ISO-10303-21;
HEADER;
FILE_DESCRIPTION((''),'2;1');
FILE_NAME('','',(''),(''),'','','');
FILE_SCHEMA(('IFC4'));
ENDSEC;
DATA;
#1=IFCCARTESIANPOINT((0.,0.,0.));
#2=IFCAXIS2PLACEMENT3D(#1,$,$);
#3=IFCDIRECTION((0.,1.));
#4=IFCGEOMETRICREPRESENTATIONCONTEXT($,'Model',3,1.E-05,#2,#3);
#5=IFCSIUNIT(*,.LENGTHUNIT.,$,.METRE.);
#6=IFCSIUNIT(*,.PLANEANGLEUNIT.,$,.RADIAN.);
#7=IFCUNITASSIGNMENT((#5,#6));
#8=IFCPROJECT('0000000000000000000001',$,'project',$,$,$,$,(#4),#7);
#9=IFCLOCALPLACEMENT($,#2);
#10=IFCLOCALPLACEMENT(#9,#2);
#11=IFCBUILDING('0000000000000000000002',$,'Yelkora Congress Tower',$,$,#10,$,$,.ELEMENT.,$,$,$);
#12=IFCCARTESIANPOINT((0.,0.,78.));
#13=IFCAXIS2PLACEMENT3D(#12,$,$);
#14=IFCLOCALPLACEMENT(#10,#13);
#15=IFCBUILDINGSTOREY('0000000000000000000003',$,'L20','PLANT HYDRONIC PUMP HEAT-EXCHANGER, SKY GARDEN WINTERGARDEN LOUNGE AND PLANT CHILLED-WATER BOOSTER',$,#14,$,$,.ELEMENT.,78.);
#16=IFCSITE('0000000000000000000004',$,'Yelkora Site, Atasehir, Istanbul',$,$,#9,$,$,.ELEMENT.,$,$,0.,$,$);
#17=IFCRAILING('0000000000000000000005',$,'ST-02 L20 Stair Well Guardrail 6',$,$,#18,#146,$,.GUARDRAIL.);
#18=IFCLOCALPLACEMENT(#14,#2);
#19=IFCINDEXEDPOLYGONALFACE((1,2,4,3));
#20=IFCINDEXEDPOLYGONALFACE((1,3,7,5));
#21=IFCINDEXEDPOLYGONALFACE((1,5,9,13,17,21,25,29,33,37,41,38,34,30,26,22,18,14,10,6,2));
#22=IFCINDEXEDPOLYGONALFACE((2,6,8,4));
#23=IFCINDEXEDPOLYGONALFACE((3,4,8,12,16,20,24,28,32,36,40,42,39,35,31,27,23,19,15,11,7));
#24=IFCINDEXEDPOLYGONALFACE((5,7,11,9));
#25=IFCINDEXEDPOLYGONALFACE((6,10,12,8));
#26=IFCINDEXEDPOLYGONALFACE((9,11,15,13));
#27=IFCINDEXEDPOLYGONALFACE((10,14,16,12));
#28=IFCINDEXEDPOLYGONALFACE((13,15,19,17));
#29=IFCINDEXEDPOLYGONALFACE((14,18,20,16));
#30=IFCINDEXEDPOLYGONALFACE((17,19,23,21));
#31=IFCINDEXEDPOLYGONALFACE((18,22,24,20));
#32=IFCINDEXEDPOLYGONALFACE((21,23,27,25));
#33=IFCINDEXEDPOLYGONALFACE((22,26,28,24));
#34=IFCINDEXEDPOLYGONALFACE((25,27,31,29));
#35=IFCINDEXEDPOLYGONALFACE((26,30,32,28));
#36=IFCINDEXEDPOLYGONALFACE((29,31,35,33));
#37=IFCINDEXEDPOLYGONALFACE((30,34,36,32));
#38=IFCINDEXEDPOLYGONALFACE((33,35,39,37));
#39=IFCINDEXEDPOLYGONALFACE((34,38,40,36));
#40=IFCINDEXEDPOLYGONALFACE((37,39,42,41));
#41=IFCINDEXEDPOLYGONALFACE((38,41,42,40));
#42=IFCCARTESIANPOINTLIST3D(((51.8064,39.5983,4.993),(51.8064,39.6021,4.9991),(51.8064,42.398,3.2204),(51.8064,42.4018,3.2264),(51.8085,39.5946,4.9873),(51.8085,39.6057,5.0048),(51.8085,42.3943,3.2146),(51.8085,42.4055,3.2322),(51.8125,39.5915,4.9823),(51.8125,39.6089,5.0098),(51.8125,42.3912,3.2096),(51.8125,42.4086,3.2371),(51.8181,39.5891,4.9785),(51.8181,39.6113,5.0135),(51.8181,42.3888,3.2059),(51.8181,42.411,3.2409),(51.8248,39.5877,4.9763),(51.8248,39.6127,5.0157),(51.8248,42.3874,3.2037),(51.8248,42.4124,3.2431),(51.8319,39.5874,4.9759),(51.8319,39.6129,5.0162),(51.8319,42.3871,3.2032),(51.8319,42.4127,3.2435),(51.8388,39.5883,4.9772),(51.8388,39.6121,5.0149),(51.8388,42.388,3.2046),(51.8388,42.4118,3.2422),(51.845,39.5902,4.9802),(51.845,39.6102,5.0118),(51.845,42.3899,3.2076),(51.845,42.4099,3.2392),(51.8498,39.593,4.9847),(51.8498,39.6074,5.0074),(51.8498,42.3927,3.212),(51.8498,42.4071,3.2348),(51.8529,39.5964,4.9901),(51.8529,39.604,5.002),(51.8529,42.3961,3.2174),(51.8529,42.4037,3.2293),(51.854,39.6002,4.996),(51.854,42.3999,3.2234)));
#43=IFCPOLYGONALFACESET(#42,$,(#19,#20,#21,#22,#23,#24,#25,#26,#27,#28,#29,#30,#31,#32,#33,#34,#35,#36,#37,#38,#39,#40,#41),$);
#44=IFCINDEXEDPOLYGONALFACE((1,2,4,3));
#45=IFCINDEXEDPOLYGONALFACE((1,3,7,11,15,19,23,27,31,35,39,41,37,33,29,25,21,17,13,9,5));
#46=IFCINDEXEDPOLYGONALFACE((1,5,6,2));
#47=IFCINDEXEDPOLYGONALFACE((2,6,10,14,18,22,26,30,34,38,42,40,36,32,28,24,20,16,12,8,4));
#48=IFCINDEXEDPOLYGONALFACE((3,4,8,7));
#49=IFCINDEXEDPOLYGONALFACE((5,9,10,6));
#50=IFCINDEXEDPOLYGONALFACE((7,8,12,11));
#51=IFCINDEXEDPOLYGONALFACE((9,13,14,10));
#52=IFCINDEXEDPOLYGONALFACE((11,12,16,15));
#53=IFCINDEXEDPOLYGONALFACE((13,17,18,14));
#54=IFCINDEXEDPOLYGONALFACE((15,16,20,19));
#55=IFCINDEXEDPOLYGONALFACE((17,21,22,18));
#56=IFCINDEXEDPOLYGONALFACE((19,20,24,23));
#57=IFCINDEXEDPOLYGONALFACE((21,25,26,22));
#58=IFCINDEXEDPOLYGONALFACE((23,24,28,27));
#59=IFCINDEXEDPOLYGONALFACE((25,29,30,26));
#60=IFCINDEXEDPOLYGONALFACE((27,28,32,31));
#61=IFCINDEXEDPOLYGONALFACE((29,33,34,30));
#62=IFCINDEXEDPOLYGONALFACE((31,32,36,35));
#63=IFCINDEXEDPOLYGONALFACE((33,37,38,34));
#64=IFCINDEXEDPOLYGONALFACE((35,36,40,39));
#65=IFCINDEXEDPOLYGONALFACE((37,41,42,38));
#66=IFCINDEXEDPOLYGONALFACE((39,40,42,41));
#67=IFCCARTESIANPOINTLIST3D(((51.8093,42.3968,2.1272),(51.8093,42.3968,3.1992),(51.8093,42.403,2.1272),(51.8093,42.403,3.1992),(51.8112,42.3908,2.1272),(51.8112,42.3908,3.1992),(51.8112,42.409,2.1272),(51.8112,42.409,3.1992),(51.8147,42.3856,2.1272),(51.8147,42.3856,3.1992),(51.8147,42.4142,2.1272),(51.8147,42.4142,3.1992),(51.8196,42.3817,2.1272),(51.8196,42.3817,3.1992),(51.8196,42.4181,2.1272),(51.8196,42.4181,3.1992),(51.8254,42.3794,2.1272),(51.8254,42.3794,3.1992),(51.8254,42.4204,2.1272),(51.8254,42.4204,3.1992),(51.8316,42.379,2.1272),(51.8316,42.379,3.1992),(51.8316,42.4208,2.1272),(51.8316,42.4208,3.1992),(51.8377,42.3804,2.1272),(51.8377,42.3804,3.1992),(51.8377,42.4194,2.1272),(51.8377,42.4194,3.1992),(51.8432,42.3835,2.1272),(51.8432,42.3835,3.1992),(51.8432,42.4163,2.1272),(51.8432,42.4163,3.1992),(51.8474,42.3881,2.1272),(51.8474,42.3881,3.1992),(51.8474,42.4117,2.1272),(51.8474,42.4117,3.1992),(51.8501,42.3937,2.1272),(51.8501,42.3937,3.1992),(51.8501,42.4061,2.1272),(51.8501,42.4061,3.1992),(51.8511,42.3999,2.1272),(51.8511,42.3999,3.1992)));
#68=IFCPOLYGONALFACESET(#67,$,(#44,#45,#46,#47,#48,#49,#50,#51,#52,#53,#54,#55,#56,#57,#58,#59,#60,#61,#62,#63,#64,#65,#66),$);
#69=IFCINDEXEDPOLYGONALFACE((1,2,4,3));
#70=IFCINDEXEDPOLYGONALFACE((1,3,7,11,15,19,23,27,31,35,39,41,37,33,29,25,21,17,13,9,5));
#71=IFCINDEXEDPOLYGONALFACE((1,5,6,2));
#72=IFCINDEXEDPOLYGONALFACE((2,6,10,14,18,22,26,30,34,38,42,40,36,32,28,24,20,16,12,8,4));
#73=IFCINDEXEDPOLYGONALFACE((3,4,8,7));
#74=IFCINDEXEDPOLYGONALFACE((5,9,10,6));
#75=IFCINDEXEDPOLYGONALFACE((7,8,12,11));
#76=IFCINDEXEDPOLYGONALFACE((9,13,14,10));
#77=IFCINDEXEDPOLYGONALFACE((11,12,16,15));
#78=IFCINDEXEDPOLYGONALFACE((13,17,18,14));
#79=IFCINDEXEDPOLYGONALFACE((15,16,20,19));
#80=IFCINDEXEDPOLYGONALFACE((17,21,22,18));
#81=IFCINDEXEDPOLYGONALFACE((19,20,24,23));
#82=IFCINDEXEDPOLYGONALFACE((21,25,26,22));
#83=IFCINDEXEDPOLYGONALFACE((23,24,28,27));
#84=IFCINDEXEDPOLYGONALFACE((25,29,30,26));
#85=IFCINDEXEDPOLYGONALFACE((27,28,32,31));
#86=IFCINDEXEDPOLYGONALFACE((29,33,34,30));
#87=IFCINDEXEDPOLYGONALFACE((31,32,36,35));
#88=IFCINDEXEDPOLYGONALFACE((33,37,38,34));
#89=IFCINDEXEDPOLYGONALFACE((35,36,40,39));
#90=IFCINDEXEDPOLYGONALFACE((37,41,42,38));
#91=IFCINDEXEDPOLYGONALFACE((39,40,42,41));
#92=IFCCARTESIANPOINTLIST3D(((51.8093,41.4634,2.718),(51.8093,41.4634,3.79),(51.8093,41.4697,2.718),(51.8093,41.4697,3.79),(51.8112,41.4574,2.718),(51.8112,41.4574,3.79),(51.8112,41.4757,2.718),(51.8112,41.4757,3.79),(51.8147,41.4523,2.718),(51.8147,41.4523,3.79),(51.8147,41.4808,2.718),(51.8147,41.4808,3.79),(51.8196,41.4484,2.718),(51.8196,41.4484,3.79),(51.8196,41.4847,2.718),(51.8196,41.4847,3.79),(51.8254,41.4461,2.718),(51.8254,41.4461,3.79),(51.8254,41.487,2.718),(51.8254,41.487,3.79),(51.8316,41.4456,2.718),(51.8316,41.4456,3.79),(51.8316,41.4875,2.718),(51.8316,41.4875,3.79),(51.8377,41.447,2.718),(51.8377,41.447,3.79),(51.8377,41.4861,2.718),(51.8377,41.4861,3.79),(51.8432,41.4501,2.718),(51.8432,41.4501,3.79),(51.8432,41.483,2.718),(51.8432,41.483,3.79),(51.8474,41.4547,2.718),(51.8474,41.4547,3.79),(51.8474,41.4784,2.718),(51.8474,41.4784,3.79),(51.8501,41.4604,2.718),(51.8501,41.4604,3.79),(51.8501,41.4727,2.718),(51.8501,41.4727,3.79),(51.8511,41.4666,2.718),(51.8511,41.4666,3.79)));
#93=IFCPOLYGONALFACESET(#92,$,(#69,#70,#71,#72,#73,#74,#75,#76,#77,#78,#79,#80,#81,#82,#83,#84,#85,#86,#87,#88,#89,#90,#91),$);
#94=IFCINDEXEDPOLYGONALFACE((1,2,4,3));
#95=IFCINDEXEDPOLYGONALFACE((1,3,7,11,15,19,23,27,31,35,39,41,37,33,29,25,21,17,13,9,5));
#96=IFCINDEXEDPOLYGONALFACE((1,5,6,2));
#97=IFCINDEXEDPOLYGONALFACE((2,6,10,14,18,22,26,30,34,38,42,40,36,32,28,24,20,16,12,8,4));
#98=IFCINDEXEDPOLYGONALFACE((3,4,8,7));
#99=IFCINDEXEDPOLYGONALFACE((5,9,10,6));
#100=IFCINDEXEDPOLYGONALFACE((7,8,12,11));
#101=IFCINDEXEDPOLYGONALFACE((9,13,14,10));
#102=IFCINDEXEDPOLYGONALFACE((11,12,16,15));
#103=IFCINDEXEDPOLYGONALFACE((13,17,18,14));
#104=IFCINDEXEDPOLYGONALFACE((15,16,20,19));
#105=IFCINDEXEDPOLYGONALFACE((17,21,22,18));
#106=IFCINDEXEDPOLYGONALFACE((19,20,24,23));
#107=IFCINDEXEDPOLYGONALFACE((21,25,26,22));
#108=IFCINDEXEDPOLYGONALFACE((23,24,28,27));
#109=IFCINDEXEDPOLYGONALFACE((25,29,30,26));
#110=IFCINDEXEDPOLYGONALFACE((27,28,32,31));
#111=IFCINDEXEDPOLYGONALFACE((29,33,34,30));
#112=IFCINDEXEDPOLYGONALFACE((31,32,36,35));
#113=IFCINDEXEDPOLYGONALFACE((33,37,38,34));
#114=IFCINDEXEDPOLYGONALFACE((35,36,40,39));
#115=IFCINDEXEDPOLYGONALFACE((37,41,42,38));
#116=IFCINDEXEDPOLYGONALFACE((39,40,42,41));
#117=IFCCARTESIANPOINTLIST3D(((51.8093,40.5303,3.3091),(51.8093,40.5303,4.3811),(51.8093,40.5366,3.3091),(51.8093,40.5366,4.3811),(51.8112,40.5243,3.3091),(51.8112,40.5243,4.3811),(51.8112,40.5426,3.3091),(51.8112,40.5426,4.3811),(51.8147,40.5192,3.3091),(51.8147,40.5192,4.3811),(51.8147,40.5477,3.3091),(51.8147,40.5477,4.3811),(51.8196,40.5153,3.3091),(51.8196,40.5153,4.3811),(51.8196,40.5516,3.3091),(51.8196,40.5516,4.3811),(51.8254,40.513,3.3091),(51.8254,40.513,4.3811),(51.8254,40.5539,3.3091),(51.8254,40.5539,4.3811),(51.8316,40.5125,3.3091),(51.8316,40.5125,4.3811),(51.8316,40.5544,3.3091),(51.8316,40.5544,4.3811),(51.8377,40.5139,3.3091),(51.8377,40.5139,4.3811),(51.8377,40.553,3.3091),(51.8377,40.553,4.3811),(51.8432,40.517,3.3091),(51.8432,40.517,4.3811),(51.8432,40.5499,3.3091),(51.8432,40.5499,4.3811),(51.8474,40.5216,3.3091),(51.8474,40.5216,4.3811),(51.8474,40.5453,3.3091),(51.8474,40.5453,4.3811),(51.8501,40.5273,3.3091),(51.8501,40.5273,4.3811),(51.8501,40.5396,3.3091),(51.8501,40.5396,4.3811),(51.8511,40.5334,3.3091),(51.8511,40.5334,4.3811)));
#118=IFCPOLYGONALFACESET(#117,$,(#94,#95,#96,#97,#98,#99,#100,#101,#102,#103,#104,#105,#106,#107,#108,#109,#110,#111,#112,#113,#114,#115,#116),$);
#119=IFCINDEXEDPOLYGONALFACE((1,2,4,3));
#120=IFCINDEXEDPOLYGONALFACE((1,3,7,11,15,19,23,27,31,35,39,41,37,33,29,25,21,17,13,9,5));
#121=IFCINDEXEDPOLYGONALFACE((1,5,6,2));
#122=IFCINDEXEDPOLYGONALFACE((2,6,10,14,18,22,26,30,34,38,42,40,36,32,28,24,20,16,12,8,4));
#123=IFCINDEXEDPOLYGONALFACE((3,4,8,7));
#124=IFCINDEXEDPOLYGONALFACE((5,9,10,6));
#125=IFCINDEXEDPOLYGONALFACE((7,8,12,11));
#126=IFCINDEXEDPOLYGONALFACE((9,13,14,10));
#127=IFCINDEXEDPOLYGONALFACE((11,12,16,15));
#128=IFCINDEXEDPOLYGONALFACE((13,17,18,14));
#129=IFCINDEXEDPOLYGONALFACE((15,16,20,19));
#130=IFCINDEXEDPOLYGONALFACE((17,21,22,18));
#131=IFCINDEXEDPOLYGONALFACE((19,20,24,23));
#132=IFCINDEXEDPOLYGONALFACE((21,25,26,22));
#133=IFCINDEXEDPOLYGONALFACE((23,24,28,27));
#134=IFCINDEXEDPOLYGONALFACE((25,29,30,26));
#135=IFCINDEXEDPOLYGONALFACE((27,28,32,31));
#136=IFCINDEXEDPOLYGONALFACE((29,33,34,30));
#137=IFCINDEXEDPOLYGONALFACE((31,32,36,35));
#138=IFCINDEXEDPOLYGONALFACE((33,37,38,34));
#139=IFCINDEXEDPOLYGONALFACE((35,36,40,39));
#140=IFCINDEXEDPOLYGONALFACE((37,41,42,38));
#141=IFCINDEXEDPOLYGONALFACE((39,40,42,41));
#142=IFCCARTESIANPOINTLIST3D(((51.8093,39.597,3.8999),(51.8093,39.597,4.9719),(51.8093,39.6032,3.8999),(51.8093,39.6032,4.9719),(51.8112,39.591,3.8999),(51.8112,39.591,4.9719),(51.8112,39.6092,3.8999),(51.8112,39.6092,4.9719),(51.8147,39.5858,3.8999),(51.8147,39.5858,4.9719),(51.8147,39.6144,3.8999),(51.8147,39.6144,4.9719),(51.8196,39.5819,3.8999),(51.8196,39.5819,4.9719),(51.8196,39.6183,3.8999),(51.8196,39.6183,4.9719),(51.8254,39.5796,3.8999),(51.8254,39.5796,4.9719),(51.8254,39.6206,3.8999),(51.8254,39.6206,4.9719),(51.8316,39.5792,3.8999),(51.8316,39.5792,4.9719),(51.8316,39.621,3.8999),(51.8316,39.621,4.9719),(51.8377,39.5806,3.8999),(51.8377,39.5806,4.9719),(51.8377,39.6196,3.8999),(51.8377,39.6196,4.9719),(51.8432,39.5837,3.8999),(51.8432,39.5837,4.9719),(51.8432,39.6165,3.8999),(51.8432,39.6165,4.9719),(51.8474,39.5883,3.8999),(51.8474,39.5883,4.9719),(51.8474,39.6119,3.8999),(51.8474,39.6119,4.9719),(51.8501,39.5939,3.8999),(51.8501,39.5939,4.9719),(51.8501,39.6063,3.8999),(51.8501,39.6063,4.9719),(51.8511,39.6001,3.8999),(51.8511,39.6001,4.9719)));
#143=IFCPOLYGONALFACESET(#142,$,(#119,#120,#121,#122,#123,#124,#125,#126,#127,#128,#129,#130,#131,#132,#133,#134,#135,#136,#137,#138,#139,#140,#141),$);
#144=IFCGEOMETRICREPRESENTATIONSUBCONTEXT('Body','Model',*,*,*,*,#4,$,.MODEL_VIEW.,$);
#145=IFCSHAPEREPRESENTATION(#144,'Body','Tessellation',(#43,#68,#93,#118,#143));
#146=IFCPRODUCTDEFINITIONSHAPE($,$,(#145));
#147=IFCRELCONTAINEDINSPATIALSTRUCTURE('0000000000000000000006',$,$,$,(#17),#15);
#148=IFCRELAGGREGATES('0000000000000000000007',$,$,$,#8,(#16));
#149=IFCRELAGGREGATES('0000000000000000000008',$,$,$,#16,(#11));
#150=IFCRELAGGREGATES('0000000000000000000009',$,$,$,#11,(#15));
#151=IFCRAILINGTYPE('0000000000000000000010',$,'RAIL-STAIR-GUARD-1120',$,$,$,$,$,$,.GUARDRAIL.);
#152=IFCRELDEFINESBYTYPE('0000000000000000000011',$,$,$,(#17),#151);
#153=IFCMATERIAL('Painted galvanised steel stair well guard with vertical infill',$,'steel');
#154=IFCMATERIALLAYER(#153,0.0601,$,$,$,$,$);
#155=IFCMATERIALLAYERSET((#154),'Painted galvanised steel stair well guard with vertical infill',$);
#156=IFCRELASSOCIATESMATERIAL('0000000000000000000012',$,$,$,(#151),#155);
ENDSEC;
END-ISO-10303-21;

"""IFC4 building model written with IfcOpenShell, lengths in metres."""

from ifc_helpers import new_model, si_unit, direction, frame, origin, origin_2d, place, context, subcontext, project, spatial, circle, extrude, material, layer, layer_set, type_object, element, save


model = new_model("IFC4")

# Units and contexts
model_context = context("Model", 3, precision=1e-05, world=origin(), true_north=direction((0.0, 1.0)))
body_context = subcontext(model_context, "Body", "Model", "MODEL_VIEW")
ifc_project = project(units=[si_unit("LENGTHUNIT", "METRE"), si_unit("PLANEANGLEUNIT", "RADIAN")], contexts=[model_context])

# Site, building, storey
site_placement = place(None, origin())
site = spatial("IfcSite", under=ifc_project, at=site_placement, Name="Yelkora Site, Atasehir, Istanbul", CompositionType="ELEMENT", RefElevation=0.0)
building_placement = place(site_placement, origin())
building = spatial("IfcBuilding", under=site, at=building_placement, Name="Yelkora Congress Tower", CompositionType="ELEMENT")
storey_placement = place(building_placement, frame((0.0, 0.0, 78.0)))
storey = spatial("IfcBuildingStorey", under=building, at=storey_placement, Name="L20", Description="PLANT HYDRONIC PUMP HEAT-EXCHANGER, SKY GARDEN WINTERGARDEN LOUNGE AND PLANT CHILLED-WATER BOOSTER", CompositionType="ELEMENT", Elevation=78.0)

# Railing
ifc_material_1 = material(Name="Painted galvanised steel stair well guard with vertical infill", Category="steel")
ifc_layer_1 = layer(ifc_material_1, 0.0601)
ifc_layer_set_1 = layer_set([ifc_layer_1], Name="Painted galvanised steel stair well guard with vertical infill")
railing_type_1 = type_object("IfcRailingType", Name="RAIL-STAIR-GUARD-1120", PredefinedType="GUARDRAIL", material=ifc_layer_set_1)
railing_1_placement = place(storey_placement, frame((51.8301, 42.3999, 2.1272)))
element("IfcRailing", 1, at=railing_1_placement, inside=storey, type_object=railing_type_1, Name="ST-02 L20 Stair Well Guardrail 6", PredefinedType="GUARDRAIL", context=body_context, shape_type="SweptSolid", body=[
    extrude(circle(Radius=0.0239, at=origin_2d()), frame((0.0, 0.0, 1.0962), z_axis=(0.0, -0.844888, 0.534943), x_axis=(1.0, 0.0, 0.0)), (0.0, 0.0, 1.0), 3.3137),
    extrude(circle(Radius=0.021, at=origin_2d()), origin(), (0.0, 0.0, 1.0), 1.072),
    extrude(circle(Radius=0.021, at=origin_2d()), frame((0.0, -0.9333, 0.5908)), (0.0, 0.0, 1.0), 1.072),
    extrude(circle(Radius=0.021, at=origin_2d()), frame((0.0, -1.8665, 1.1819)), (0.0, 0.0, 1.0), 1.072),
    extrude(circle(Radius=0.021, at=origin_2d()), frame((0.0, -2.7998, 1.7727)), (0.0, 0.0, 1.0), 1.072),
])

save(model, "model.ifc")
